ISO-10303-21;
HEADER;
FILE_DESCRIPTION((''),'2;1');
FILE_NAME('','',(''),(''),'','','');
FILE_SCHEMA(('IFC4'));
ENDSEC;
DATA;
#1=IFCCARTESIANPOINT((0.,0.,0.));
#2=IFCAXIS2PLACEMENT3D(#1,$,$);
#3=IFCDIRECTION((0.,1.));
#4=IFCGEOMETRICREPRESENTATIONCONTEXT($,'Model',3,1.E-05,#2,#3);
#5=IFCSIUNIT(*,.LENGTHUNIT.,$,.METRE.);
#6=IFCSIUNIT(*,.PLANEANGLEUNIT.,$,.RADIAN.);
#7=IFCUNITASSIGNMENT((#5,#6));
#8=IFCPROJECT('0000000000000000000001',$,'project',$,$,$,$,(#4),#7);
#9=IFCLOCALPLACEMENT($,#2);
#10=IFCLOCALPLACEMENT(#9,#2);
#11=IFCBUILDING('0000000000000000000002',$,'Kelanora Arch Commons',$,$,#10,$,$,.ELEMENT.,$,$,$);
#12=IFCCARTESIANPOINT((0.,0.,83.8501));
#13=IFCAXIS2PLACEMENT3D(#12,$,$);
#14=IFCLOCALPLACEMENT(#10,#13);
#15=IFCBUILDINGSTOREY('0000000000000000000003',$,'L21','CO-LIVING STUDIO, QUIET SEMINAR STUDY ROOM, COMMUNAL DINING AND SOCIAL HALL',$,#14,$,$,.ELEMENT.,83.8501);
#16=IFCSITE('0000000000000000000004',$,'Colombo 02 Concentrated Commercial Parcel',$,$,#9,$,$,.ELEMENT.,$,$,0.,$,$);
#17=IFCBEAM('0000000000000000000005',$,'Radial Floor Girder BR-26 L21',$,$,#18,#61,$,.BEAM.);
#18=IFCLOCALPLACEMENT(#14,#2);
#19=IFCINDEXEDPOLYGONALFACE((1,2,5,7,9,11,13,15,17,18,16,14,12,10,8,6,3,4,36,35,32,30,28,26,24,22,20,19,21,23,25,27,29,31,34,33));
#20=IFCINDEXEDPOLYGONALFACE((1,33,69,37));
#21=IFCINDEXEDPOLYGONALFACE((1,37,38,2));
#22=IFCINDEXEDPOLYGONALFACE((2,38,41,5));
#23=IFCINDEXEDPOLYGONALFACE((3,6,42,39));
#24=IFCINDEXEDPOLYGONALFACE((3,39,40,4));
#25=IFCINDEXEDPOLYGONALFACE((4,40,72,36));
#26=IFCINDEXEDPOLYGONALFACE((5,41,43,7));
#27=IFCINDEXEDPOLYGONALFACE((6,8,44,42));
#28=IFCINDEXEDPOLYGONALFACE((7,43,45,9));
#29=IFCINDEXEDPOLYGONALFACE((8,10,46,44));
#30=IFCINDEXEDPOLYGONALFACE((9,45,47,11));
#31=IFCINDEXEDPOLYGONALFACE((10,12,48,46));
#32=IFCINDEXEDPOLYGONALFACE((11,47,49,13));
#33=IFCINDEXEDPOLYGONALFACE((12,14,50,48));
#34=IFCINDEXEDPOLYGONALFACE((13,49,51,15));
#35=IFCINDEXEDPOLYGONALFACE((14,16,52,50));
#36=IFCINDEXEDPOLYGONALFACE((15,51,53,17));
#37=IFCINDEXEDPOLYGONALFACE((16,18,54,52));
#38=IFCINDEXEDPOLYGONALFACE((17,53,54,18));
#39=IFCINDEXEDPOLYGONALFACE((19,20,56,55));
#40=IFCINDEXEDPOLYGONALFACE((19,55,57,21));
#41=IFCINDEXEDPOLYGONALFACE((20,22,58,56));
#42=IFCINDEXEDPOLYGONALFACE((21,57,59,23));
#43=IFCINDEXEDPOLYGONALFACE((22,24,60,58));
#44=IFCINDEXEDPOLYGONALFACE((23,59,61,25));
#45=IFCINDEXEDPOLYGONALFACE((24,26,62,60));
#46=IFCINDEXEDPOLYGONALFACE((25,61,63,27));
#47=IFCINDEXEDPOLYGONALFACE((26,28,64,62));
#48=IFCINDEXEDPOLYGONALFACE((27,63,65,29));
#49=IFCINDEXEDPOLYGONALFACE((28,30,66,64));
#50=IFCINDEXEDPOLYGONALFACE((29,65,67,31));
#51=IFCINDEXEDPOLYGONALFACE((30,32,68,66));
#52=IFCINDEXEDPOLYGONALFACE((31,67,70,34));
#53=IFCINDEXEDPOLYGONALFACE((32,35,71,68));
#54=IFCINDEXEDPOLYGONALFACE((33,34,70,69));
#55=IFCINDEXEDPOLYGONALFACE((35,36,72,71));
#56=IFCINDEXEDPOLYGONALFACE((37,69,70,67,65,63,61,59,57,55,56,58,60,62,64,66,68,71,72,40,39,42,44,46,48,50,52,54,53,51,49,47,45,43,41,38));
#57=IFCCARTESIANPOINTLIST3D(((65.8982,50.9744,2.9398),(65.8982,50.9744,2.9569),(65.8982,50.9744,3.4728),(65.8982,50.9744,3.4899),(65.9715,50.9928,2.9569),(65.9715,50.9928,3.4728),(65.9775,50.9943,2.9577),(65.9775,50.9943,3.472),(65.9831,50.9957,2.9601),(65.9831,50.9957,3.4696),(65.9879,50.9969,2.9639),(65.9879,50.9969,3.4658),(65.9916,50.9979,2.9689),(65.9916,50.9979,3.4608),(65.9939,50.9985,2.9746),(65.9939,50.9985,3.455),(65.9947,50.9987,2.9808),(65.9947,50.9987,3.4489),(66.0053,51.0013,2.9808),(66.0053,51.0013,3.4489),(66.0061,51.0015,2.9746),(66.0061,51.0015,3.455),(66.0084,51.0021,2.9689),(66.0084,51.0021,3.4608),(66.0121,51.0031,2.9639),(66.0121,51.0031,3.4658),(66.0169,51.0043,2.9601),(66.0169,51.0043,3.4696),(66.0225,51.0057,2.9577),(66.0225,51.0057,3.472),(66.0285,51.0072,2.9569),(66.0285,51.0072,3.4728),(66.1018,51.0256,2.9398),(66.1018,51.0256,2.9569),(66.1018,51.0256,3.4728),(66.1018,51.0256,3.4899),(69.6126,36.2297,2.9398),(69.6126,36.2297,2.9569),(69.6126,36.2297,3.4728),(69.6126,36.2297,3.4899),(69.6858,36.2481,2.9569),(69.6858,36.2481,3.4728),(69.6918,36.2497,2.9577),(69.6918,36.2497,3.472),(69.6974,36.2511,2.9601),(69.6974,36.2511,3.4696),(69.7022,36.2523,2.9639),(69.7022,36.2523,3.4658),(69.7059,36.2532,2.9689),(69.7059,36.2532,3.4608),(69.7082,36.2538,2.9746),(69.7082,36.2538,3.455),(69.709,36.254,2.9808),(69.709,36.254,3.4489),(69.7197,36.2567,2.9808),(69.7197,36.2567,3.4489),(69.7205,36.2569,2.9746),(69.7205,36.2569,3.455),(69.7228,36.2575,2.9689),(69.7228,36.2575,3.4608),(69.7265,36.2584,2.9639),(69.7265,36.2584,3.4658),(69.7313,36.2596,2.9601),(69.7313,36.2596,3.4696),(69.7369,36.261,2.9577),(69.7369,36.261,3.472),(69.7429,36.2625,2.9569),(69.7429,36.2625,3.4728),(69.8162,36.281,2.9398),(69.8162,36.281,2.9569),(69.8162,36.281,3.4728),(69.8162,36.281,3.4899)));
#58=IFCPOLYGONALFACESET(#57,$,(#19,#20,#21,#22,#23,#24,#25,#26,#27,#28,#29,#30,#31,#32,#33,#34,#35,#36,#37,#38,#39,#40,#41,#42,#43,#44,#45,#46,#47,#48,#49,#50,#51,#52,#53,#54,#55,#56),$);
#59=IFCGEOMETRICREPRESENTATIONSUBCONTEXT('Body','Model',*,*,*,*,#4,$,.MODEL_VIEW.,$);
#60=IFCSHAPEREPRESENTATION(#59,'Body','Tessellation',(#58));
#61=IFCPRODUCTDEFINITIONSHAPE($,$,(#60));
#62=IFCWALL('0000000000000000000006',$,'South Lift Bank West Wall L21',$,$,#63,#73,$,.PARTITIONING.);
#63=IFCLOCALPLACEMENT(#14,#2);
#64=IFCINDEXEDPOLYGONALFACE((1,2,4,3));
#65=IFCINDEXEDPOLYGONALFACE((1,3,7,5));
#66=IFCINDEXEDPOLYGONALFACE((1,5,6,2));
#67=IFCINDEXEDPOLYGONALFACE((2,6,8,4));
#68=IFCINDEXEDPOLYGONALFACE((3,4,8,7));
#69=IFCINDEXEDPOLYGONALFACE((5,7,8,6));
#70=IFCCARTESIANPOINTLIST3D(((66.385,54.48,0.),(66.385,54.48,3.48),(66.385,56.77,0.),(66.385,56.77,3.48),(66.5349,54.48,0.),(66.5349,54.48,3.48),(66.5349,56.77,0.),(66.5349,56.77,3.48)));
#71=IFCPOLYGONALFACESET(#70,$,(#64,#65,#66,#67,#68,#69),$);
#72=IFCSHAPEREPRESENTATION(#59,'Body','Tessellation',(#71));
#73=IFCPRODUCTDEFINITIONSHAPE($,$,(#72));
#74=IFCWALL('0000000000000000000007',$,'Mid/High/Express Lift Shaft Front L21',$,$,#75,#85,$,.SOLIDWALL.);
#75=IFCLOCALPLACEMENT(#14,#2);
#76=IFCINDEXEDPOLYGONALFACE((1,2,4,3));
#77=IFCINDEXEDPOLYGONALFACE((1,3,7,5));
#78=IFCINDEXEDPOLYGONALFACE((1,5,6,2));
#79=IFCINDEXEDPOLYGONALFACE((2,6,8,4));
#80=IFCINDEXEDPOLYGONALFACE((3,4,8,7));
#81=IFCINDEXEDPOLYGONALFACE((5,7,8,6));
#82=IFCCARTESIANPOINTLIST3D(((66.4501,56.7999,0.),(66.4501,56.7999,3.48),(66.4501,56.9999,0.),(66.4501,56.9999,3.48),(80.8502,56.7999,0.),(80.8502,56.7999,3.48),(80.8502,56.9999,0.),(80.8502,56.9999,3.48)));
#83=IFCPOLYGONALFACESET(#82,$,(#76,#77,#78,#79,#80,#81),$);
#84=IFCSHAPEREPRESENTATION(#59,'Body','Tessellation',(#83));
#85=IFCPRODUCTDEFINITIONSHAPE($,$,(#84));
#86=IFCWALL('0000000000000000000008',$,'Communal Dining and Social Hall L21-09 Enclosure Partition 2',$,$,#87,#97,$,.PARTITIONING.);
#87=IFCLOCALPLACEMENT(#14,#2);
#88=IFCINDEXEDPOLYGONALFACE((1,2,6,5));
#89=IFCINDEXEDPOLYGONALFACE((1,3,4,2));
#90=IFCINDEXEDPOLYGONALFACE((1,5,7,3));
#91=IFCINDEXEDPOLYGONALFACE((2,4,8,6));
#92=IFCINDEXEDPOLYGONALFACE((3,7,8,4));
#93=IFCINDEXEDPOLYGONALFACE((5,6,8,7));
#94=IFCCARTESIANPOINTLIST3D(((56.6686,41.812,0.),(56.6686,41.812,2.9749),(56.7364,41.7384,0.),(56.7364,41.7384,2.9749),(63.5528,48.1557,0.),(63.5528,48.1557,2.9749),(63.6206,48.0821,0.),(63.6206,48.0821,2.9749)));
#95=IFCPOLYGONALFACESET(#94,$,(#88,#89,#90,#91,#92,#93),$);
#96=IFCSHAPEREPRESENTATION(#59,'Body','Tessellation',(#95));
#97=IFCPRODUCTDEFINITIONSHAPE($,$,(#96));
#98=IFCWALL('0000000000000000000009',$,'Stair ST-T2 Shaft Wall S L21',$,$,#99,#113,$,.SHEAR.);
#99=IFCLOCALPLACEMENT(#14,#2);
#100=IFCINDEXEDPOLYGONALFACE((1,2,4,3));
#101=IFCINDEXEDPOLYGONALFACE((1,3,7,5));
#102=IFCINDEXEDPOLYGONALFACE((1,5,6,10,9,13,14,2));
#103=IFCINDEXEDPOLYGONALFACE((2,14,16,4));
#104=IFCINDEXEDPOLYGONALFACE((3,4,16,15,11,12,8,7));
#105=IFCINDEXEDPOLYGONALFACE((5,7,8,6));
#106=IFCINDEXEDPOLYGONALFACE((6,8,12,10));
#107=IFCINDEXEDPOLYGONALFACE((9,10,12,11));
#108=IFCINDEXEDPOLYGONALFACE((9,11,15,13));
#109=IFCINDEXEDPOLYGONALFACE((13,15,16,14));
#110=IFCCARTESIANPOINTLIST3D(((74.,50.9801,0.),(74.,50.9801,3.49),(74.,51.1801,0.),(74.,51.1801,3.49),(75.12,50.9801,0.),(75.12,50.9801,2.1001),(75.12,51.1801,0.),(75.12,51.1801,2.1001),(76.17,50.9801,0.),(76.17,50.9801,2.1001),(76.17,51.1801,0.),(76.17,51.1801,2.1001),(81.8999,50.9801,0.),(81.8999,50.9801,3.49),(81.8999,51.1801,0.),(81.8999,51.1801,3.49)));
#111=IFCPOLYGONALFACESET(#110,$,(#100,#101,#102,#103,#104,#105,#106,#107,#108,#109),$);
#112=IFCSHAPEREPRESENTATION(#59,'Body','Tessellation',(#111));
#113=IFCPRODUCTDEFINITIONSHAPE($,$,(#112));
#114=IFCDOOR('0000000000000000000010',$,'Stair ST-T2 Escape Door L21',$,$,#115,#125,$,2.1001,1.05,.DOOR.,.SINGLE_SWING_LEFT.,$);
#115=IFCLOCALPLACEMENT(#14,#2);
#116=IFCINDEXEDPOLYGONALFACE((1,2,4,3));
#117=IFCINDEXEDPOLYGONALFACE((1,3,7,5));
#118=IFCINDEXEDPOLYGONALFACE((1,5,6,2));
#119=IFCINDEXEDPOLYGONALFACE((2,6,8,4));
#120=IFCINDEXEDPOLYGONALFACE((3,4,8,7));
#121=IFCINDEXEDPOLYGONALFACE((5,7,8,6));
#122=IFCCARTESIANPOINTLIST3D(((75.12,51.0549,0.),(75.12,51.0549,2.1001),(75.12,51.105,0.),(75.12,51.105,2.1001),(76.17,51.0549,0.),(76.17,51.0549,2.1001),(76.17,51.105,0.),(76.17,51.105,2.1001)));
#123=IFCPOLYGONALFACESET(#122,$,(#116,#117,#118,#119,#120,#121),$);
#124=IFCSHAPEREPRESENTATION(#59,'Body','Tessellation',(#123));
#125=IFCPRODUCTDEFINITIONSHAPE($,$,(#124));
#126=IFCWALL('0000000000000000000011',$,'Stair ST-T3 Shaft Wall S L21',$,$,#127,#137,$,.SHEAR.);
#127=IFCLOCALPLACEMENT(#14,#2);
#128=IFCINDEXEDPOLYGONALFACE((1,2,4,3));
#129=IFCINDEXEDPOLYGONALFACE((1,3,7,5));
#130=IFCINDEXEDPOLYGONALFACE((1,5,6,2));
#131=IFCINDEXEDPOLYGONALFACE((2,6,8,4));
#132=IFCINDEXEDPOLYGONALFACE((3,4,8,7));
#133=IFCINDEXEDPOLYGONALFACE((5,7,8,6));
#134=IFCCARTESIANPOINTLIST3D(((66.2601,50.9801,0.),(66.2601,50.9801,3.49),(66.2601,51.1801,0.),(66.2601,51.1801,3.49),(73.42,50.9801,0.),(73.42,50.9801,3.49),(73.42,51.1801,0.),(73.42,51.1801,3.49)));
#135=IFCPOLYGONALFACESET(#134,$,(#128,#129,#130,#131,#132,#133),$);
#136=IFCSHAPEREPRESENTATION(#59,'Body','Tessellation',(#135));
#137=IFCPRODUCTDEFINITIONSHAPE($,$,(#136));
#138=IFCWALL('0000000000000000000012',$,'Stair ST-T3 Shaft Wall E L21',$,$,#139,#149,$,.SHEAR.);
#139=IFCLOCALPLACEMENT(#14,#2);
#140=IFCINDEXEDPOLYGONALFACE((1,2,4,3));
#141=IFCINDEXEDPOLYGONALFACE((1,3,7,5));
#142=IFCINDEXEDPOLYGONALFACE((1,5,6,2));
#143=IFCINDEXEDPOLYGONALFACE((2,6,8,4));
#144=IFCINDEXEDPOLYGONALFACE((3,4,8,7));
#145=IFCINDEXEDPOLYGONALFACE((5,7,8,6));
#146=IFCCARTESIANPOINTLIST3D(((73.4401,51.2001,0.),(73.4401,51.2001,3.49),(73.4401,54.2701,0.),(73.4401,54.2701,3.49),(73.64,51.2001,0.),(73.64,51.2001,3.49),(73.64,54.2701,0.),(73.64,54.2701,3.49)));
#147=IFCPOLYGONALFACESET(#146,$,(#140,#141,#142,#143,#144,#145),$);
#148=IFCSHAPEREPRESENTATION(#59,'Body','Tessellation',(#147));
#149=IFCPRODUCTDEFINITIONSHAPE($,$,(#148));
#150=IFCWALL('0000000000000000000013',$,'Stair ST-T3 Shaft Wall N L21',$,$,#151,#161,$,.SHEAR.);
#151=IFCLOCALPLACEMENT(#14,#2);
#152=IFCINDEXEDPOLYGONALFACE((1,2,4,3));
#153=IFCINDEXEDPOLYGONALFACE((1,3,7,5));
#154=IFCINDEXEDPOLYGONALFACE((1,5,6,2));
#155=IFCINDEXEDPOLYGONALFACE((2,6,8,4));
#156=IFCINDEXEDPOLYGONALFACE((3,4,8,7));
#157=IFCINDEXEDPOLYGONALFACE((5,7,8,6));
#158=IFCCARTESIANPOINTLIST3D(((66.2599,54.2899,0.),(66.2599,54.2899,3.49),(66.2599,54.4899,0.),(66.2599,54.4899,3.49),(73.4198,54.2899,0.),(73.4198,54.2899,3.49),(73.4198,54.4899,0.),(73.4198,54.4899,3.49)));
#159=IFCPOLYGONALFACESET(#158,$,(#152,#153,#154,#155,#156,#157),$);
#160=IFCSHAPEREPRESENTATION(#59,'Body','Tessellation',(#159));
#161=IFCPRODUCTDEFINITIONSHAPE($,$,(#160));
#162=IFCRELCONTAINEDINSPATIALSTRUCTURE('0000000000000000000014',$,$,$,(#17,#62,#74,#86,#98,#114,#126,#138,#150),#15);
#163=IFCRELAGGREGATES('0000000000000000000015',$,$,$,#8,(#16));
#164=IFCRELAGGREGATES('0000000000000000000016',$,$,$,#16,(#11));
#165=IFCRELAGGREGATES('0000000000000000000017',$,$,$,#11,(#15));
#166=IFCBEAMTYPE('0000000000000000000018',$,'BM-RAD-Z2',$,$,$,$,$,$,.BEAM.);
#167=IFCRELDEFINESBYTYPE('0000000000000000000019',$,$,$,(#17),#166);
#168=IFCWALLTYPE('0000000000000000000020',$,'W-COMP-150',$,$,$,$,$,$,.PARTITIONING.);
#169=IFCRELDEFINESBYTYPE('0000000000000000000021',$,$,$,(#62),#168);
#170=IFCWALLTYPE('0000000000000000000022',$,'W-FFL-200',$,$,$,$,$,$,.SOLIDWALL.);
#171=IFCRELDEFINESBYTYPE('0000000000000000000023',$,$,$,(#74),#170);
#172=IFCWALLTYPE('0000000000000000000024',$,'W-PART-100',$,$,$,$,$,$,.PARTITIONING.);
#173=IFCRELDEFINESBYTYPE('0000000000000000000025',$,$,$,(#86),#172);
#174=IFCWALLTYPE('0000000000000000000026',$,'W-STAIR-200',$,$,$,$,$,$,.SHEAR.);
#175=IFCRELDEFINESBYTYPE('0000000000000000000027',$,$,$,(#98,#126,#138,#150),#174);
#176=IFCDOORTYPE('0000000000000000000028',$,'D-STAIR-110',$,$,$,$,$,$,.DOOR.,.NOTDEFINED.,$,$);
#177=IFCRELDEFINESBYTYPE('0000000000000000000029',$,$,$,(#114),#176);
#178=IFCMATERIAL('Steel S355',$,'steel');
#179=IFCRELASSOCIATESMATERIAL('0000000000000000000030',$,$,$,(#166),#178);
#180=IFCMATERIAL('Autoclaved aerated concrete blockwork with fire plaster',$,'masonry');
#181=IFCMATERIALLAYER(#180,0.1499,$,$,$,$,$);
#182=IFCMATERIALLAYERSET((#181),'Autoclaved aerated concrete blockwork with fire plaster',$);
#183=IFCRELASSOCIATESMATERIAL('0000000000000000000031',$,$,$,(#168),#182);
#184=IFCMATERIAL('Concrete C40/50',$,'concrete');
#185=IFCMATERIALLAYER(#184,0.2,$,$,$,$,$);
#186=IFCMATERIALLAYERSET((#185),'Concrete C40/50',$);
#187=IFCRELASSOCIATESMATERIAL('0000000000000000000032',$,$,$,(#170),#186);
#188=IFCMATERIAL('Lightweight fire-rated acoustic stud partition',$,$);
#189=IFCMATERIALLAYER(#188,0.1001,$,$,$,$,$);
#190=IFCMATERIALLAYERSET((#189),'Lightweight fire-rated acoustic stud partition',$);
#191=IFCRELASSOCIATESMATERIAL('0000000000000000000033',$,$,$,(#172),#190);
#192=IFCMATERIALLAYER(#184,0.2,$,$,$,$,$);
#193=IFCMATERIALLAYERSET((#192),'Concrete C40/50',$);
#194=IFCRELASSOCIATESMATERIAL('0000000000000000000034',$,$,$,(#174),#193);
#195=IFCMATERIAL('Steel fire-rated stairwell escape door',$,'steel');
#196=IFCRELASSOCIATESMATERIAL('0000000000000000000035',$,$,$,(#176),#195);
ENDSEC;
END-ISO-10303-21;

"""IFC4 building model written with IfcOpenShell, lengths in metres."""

from ifc_helpers import new_model, si_unit, direction, frame, frame_2d, origin, origin_2d, place, context, subcontext, project, spatial, rectangle, i_section, extrude, material, layer, layer_set, material_profile, profile_set, type_object, element, fill, save


model = new_model("IFC4")

# Units and contexts
model_context = context("Model", 3, precision=1e-05, world=origin(), true_north=direction((0.0, 1.0)))
body_context = subcontext(model_context, "Body", "Model", "MODEL_VIEW")
ifc_project = project(units=[si_unit("LENGTHUNIT", "METRE"), si_unit("PLANEANGLEUNIT", "RADIAN")], contexts=[model_context])

# Site, building, storey
site_placement = place(None, origin())
site = spatial("IfcSite", under=ifc_project, at=site_placement, Name="Colombo 02 Concentrated Commercial Parcel", CompositionType="ELEMENT", RefElevation=0.0)
building_placement = place(site_placement, origin())
building = spatial("IfcBuilding", under=site, at=building_placement, Name="Kelanora Arch Commons", CompositionType="ELEMENT")
storey_placement = place(building_placement, frame((0.0, 0.0, 83.8501)))
storey = spatial("IfcBuildingStorey", under=building, at=storey_placement, Name="L21", Description="CO-LIVING STUDIO, QUIET SEMINAR STUDY ROOM, COMMUNAL DINING AND SOCIAL HALL", CompositionType="ELEMENT", Elevation=83.8501)

# Beam
ifc_material_1 = material(Name="Steel S355", Category="steel")
ifc_material_profile_1 = material_profile(ifc_material_1, i_section(OverallWidth=0.21, OverallDepth=0.55, WebThickness=0.011, FlangeThickness=0.0171, FilletRadius=0.0239, at=origin_2d()), Name="IPE550")
ifc_profile_set_1 = profile_set([ifc_material_profile_1], Name="Steel S355")
beam_type_1 = type_object("IfcBeamType", Name="BM-RAD-Z2", PredefinedType="BEAM", material=ifc_profile_set_1)
beam_1_placement = place(storey_placement, frame((66.0, 51.0, 3.2148), z_axis=(0.244281, -0.969705, 0.0), x_axis=(0.969705, 0.244281, 0.0)))
element("IfcBeam", 1, at=beam_1_placement, inside=storey, type_object=beam_type_1, Name="Radial Floor Girder BR-26 L21", PredefinedType="BEAM", context=body_context, shape_type="SweptSolid", body=[
    extrude(i_section(OverallWidth=0.21, OverallDepth=0.55, WebThickness=0.011, FlangeThickness=0.0171, FilletRadius=0.0239, at=origin_2d()), origin(), (0.0, 0.0, 1.0), 15.2053),
])

# Walls
ifc_material_2 = material(Name="Autoclaved aerated concrete blockwork with fire plaster", Category="masonry")
ifc_layer_1 = layer(ifc_material_2, 0.1499)
ifc_layer_set_1 = layer_set([ifc_layer_1], Name="Autoclaved aerated concrete blockwork with fire plaster")
wall_type_1 = type_object("IfcWallType", Name="W-COMP-150", PredefinedType="PARTITIONING", material=ifc_layer_set_1)
wall_1_placement = place(storey_placement, frame((66.46, 54.48, 0.0), z_axis=(0.0, 0.0, 1.0), x_axis=(0.0, 1.0, 0.0)))
element("IfcWall", 2, at=wall_1_placement, inside=storey, type_object=wall_type_1, Name="South Lift Bank West Wall L21", PredefinedType="PARTITIONING", context=body_context, shape_type="SweptSolid", body=[
    extrude(rectangle(XDim=2.29, YDim=0.1499, at=frame_2d((1.145, 0.0))), origin(), (0.0, 0.0, 1.0), 3.48),
])
ifc_material_3 = material(Name="Concrete C40/50", Category="concrete")
ifc_layer_2 = layer(ifc_material_3, 0.2)
ifc_layer_set_2 = layer_set([ifc_layer_2], Name="Concrete C40/50")
wall_type_2 = type_object("IfcWallType", Name="W-FFL-200", PredefinedType="SOLIDWALL", material=ifc_layer_set_2)
wall_2_placement = place(storey_placement, frame((66.45, 56.8999, 0.0), z_axis=(0.0, 0.0, 1.0), x_axis=(1.0, 0.0, 0.0)))
element("IfcWall", 3, at=wall_2_placement, inside=storey, type_object=wall_type_2, Name="Mid/High/Express Lift Shaft Front L21", PredefinedType="SOLIDWALL", context=body_context, shape_type="SweptSolid", body=[
    extrude(rectangle(XDim=14.4001, YDim=0.2, at=frame_2d((7.2002, 0.0))), origin(), (0.0, 0.0, 1.0), 3.48),
])
ifc_material_4 = material(Name="Lightweight fire-rated acoustic stud partition")
ifc_layer_3 = layer(ifc_material_4, 0.1001)
ifc_layer_set_3 = layer_set([ifc_layer_3], Name="Lightweight fire-rated acoustic stud partition")
wall_type_3 = type_object("IfcWallType", Name="W-PART-100", PredefinedType="PARTITIONING", material=ifc_layer_set_3)
wall_3_placement = place(storey_placement, frame((63.5867, 48.1189, 0.0), z_axis=(0.0, 0.0, 1.0), x_axis=(-0.735387, -0.677647, 0.0)))
element("IfcWall", 4, at=wall_3_placement, inside=storey, type_object=wall_type_3, Name="Communal Dining and Social Hall L21-09 Enclosure Partition 2", PredefinedType="PARTITIONING", context=body_context, shape_type="SweptSolid", body=[
    extrude(rectangle(XDim=9.3613, YDim=0.1001, at=frame_2d((4.6807, 0.0))), origin(), (0.0, 0.0, 1.0), 2.9749),
])

# Wall, opening, door
ifc_layer_4 = layer(ifc_material_3, 0.2)
ifc_layer_set_4 = layer_set([ifc_layer_4], Name="Concrete C40/50")
wall_type_4 = type_object("IfcWallType", Name="W-STAIR-200", PredefinedType="SHEAR", material=ifc_layer_set_4)
wall_4_placement = place(storey_placement, frame((74.0, 51.0801, 0.0), z_axis=(0.0, 0.0, 1.0), x_axis=(1.0, 0.0, 0.0)))
wall_4 = element("IfcWall", 5, at=wall_4_placement, inside=storey, type_object=wall_type_4, Name="Stair ST-T2 Shaft Wall S L21", PredefinedType="SHEAR", context=body_context, shape_type="SweptSolid", body=[
    extrude(rectangle(XDim=7.8999, YDim=0.2, at=frame_2d((3.95, 0.0))), origin(), (0.0, 0.0, 1.0), 3.49),
])
opening_1_placement = place(wall_4_placement, frame((1.1201, 0.0, 0.0)))
opening_1 = element("IfcOpeningElement", 6, at=opening_1_placement, cuts=wall_4, PredefinedType="OPENING", context=body_context, shape_type="SweptSolid", body=[
    extrude(rectangle(XDim=1.05, YDim=2.1001, at=frame_2d((0.5249, 1.05))), frame((0.0, 0.1099, 0.0), z_axis=(0.0, -1.0, 0.0), x_axis=(1.0, 0.0, 0.0)), (0.0, 0.0, 1.0), 0.22),
])
ifc_material_5 = material(Name="Steel fire-rated stairwell escape door", Category="steel")
door_type = type_object("IfcDoorType", Name="D-STAIR-110", OperationType="NOTDEFINED", PredefinedType="DOOR", material=ifc_material_5)
door_1_placement = place(opening_1_placement, origin())
door_1 = element("IfcDoor", 7, at=door_1_placement, inside=storey, type_object=door_type, Name="Stair ST-T2 Escape Door L21", OperationType="SINGLE_SWING_LEFT", OverallHeight=2.1001, OverallWidth=1.05, PredefinedType="DOOR", context=body_context, shape_type="SweptSolid", body=[
    extrude(rectangle(XDim=1.05, YDim=2.1001, at=frame_2d((0.5249, 1.05))), frame((0.0, 0.0249, 0.0), z_axis=(0.0, -1.0, 0.0), x_axis=(1.0, 0.0, 0.0)), (0.0, 0.0, 1.0), 0.05),
])
fill(opening_1, door_1)

# Walls
wall_5_placement = place(storey_placement, frame((66.26, 51.0801, 0.0), z_axis=(0.0, 0.0, 1.0), x_axis=(1.0, 0.0, 0.0)))
element("IfcWall", 8, at=wall_5_placement, inside=storey, type_object=wall_type_4, Name="Stair ST-T3 Shaft Wall S L21", PredefinedType="SHEAR", context=body_context, shape_type="SweptSolid", body=[
    extrude(rectangle(XDim=7.1599, YDim=0.2, at=frame_2d((3.5801, 0.0))), origin(), (0.0, 0.0, 1.0), 3.49),
])
wall_6_placement = place(storey_placement, frame((73.54, 51.2, 0.0), z_axis=(0.0, 0.0, 1.0), x_axis=(0.0, 1.0, 0.0)))
element("IfcWall", 9, at=wall_6_placement, inside=storey, type_object=wall_type_4, Name="Stair ST-T3 Shaft Wall E L21", PredefinedType="SHEAR", context=body_context, shape_type="SweptSolid", body=[
    extrude(rectangle(XDim=3.0701, YDim=0.2, at=frame_2d((1.5352, 0.0))), origin(), (0.0, 0.0, 1.0), 3.49),
])
wall_7_placement = place(storey_placement, frame((73.4199, 54.3899, 0.0), z_axis=(0.0, 0.0, 1.0), x_axis=(-1.0, 0.0, 0.0)))
element("IfcWall", 10, at=wall_7_placement, inside=storey, type_object=wall_type_4, Name="Stair ST-T3 Shaft Wall N L21", PredefinedType="SHEAR", context=body_context, shape_type="SweptSolid", body=[
    extrude(rectangle(XDim=7.1599, YDim=0.2, at=frame_2d((3.5801, 0.0))), origin(), (0.0, 0.0, 1.0), 3.49),
])

save(model, "model.ifc")
